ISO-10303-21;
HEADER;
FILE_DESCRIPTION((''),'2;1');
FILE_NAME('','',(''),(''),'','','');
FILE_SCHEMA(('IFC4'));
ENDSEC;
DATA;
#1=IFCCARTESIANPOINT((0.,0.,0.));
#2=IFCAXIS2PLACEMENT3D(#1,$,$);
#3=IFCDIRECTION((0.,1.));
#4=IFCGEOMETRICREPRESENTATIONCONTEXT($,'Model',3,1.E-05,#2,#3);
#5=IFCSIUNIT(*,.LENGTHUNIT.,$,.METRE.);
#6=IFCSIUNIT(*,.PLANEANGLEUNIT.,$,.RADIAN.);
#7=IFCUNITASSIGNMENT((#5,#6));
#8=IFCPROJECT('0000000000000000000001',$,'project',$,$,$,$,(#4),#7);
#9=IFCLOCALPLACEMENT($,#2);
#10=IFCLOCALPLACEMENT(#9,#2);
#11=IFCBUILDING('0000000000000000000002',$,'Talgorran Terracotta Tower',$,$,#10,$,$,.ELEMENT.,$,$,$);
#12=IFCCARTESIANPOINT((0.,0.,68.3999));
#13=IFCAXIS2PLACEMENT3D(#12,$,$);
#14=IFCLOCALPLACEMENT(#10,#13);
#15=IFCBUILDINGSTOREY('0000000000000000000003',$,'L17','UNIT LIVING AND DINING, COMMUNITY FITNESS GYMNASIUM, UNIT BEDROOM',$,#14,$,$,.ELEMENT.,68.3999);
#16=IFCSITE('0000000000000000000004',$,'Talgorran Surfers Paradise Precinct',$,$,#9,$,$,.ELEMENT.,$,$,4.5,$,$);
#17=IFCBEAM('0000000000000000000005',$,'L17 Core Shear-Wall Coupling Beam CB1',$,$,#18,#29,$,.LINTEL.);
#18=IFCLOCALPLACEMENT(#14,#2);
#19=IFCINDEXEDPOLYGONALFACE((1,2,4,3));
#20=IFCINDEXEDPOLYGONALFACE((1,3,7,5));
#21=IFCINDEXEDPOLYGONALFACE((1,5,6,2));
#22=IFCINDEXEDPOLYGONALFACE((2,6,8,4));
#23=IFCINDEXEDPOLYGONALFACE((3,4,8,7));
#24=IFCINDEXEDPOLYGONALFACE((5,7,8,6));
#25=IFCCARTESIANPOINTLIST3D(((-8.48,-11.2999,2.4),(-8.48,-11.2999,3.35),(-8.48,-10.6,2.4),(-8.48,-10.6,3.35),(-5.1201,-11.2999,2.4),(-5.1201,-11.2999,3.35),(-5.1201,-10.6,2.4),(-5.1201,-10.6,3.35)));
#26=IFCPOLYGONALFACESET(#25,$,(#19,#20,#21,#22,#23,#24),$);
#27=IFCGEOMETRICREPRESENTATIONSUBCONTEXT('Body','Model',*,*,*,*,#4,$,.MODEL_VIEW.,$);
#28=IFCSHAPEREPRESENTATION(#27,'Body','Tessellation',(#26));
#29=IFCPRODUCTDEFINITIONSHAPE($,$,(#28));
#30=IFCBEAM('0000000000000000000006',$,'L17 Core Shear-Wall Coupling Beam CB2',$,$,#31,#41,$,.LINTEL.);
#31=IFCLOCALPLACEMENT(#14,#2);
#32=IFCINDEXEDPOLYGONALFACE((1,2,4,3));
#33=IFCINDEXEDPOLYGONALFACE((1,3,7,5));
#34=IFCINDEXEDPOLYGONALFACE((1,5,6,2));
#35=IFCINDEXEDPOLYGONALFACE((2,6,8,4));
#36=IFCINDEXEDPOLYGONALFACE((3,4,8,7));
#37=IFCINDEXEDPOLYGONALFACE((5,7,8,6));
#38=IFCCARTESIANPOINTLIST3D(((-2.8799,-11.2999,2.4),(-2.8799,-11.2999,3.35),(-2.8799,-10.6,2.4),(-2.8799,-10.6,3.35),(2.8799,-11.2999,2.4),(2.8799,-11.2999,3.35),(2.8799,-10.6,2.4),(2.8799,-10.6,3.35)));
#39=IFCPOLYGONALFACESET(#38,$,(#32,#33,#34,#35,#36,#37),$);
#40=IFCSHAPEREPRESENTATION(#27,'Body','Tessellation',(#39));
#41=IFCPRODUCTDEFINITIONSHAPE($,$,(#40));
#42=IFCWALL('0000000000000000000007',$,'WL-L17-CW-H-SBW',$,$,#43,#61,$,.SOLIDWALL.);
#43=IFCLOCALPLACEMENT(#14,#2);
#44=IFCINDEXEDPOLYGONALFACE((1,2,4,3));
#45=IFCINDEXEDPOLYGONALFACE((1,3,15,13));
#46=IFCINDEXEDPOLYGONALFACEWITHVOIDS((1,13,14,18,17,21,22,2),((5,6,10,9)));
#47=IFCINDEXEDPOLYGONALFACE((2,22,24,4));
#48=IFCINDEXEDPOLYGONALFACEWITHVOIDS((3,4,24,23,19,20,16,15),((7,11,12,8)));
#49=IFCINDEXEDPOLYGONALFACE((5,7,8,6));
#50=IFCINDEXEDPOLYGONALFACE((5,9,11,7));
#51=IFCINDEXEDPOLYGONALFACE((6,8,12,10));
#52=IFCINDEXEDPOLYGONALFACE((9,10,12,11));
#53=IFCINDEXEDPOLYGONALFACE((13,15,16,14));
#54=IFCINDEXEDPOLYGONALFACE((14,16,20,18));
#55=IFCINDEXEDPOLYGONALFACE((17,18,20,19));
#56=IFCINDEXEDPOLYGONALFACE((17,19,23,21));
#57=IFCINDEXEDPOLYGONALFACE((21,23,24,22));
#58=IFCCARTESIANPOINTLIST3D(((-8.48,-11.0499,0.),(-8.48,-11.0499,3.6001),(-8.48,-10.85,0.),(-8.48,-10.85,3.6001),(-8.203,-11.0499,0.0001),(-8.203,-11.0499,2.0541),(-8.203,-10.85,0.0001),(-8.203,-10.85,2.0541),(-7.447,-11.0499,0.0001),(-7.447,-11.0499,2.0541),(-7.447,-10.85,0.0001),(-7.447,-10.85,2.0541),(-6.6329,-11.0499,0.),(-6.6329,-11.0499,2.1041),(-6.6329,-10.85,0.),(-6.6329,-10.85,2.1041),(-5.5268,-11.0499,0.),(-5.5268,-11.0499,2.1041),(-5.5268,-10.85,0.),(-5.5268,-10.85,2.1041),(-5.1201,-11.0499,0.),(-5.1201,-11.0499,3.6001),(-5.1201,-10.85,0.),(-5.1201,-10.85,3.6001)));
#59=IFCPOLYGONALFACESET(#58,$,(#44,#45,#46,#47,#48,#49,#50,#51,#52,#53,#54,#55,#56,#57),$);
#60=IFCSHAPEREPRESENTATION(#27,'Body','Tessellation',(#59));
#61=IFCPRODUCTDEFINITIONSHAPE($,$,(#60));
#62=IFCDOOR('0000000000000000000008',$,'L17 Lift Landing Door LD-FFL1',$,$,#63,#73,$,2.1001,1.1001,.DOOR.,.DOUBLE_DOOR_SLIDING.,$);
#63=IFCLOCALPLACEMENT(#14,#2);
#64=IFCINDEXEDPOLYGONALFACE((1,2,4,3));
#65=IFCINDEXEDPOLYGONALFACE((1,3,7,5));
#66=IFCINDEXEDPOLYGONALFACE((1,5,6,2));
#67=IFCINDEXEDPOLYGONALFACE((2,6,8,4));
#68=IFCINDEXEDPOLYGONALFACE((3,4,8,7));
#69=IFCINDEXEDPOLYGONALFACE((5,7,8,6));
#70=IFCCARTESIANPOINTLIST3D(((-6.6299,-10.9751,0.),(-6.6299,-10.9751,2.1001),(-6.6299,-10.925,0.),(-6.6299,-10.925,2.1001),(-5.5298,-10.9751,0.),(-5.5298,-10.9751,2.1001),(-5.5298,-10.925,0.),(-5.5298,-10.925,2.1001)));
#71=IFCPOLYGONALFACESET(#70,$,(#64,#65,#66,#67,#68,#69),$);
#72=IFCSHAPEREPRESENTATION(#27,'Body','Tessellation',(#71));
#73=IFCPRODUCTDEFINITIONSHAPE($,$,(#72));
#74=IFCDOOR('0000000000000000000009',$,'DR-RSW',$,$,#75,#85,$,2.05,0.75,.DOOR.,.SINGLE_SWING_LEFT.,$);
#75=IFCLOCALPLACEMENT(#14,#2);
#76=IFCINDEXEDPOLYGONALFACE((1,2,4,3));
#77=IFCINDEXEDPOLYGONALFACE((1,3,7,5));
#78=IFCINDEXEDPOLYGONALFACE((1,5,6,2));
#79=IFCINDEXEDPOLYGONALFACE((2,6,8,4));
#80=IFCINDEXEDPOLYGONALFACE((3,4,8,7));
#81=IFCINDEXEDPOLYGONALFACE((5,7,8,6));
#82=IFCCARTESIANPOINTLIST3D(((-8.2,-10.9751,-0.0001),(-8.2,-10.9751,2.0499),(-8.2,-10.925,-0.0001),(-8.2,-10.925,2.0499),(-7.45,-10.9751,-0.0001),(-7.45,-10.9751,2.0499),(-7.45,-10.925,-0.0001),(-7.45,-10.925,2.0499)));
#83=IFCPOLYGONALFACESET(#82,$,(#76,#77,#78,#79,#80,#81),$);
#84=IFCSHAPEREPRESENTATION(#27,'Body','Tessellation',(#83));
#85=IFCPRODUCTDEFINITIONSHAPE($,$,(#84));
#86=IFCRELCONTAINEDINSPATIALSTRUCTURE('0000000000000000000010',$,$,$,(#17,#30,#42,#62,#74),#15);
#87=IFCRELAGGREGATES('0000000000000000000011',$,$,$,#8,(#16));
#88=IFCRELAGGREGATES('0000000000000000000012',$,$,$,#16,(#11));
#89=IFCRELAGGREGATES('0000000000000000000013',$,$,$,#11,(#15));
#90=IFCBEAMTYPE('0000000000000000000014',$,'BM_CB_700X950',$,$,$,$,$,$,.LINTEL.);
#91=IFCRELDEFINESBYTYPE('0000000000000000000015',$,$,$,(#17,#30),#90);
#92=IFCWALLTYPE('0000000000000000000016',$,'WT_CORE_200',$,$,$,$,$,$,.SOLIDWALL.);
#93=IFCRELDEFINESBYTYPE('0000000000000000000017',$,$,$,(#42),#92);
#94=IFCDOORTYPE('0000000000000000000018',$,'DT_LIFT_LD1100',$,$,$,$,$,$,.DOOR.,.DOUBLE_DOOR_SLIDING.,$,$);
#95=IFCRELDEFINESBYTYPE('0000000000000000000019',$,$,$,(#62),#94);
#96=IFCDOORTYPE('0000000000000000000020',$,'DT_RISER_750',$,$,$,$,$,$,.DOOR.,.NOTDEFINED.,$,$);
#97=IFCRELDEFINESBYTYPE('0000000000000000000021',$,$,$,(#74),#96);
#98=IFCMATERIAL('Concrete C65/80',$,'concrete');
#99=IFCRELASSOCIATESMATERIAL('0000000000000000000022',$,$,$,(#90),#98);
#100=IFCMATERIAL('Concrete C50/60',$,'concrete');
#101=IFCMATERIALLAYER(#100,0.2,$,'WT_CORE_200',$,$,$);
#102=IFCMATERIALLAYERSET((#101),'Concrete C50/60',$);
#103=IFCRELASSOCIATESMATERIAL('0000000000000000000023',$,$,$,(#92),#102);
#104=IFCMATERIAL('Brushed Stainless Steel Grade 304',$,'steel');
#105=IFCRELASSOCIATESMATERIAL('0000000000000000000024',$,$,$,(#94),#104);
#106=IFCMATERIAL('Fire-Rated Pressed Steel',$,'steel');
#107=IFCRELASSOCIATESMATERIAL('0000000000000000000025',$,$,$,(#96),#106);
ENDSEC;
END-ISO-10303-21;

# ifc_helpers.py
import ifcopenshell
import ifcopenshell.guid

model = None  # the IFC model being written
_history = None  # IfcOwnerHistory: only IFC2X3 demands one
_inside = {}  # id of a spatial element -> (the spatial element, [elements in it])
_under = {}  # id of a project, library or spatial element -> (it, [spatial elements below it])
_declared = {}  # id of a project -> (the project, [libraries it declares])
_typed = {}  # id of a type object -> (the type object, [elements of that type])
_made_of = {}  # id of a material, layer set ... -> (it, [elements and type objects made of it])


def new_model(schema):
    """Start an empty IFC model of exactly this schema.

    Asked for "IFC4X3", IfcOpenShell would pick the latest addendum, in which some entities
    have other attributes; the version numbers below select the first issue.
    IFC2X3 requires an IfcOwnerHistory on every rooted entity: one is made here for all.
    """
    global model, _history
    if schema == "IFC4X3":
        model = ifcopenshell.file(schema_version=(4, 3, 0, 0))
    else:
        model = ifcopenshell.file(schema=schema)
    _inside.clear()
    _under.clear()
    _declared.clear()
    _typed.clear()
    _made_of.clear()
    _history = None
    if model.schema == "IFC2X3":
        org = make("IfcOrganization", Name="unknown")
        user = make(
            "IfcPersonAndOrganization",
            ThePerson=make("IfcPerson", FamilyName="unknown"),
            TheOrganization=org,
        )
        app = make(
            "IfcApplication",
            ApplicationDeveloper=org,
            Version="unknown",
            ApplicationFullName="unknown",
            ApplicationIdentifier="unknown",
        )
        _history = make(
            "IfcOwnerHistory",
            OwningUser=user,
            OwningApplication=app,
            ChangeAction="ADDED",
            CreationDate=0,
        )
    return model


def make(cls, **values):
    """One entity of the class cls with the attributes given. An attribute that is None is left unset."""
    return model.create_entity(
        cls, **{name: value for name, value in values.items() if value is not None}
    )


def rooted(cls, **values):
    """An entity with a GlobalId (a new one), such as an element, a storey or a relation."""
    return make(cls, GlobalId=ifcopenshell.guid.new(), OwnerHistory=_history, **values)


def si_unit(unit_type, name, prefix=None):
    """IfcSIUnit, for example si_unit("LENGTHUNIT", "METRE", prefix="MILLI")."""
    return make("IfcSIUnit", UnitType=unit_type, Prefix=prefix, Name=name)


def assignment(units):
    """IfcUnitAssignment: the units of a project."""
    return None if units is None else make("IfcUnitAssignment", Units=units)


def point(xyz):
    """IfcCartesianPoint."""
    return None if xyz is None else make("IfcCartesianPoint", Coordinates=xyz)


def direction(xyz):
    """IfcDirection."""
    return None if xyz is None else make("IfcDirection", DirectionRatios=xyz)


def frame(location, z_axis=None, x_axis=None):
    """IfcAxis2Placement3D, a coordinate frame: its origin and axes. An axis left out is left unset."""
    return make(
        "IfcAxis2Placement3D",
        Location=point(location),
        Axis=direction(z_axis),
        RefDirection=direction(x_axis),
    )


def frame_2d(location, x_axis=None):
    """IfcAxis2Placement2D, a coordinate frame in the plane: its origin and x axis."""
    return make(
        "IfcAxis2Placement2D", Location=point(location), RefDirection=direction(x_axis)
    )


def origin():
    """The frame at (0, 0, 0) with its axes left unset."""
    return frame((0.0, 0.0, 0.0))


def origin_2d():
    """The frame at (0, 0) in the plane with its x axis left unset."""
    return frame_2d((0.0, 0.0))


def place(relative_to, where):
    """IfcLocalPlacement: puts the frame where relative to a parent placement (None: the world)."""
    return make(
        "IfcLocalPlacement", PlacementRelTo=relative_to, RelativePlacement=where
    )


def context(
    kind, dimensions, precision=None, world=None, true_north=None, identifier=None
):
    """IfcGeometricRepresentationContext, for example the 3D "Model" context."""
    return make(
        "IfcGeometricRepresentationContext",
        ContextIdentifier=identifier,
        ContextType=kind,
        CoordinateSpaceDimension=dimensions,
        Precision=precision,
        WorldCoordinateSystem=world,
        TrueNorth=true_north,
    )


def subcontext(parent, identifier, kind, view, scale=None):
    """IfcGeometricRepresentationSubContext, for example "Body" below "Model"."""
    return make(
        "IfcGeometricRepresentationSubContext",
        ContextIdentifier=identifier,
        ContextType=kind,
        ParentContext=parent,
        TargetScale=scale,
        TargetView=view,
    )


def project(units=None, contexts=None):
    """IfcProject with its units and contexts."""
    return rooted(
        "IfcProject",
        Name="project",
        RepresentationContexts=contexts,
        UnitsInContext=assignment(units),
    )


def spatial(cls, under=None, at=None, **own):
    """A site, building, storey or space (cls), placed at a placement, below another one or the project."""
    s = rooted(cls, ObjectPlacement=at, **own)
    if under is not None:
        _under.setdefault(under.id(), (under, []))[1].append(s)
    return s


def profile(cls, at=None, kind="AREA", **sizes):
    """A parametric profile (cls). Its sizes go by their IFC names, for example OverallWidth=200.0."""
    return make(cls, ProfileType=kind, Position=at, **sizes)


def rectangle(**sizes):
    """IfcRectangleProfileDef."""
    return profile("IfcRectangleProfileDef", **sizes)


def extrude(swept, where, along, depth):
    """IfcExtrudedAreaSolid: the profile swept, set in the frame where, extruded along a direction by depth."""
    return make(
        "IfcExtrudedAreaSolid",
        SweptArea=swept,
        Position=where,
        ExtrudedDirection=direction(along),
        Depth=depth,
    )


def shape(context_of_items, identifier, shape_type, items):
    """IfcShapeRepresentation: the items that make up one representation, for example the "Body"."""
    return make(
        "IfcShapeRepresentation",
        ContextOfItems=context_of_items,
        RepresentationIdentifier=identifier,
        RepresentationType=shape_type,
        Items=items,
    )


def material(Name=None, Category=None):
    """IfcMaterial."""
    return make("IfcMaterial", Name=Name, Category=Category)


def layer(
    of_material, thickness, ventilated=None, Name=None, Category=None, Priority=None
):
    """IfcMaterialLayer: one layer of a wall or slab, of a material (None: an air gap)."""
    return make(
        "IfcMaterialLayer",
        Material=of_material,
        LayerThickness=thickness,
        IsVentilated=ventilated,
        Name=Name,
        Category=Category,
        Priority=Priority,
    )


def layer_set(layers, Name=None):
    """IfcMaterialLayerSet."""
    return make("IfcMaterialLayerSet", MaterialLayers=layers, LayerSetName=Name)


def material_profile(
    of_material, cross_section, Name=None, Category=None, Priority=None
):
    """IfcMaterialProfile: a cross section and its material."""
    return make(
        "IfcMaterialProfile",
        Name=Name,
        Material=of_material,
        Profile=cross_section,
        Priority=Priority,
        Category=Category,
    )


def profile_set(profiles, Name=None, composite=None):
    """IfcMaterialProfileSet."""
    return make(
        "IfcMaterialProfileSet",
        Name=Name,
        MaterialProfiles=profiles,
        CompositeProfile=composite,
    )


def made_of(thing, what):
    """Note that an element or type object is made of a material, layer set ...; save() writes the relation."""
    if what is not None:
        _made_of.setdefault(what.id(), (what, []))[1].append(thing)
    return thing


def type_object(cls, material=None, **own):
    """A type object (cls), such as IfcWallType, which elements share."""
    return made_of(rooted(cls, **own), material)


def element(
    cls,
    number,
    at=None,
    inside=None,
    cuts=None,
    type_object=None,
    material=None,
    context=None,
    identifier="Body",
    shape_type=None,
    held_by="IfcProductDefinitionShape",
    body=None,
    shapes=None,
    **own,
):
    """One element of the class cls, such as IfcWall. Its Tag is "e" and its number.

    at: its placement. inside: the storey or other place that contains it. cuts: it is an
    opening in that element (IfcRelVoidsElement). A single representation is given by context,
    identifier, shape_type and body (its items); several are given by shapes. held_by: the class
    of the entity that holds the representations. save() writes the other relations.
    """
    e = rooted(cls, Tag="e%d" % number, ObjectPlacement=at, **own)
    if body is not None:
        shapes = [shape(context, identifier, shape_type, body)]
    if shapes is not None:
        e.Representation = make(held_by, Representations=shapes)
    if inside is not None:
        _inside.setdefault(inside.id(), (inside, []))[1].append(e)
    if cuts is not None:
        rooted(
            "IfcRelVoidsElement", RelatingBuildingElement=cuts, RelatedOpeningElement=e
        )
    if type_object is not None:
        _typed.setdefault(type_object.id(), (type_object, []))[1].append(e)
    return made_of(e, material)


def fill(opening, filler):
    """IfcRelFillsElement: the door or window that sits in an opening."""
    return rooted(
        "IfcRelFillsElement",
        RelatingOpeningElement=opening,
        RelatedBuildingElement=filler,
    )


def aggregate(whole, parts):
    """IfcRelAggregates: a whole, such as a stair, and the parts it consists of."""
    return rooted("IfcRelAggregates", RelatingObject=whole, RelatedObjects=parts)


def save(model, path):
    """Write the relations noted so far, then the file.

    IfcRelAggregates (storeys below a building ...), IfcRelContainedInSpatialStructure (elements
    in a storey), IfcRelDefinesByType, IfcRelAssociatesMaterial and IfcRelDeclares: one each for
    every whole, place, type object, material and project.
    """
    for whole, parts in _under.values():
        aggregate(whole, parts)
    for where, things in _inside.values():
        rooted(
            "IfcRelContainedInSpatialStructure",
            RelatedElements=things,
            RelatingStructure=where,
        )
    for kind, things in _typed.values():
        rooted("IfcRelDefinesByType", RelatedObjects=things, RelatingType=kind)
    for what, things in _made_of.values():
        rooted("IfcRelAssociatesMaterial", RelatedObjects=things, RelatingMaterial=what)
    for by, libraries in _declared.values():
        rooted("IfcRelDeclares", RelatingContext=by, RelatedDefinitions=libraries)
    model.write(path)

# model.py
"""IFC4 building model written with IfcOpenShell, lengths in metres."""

from ifc_helpers import new_model, si_unit, direction, frame, frame_2d, origin, origin_2d, place, context, subcontext, project, spatial, rectangle, extrude, material, layer, layer_set, material_profile, profile_set, type_object, element, fill, save


model = new_model("IFC4")

# Units and contexts
model_context = context("Model", 3, precision=1e-05, world=origin(), true_north=direction((0.0, 1.0)))
body_context = subcontext(model_context, "Body", "Model", "MODEL_VIEW")
ifc_project = project(units=[si_unit("LENGTHUNIT", "METRE"), si_unit("PLANEANGLEUNIT", "RADIAN")], contexts=[model_context])

# Site, building, storey
site_placement = place(None, origin())
site = spatial("IfcSite", under=ifc_project, at=site_placement, Name="Talgorran Surfers Paradise Precinct", CompositionType="ELEMENT", RefElevation=4.5)
building_placement = place(site_placement, origin())
building = spatial("IfcBuilding", under=site, at=building_placement, Name="Talgorran Terracotta Tower", CompositionType="ELEMENT")
storey_placement = place(building_placement, frame((0.0, 0.0, 68.3999)))
storey = spatial("IfcBuildingStorey", under=building, at=storey_placement, Name="L17", Description="UNIT LIVING AND DINING, COMMUNITY FITNESS GYMNASIUM, UNIT BEDROOM", CompositionType="ELEMENT", Elevation=68.3999)

# Beams
ifc_material_1 = material(Name="Concrete C65/80", Category="concrete")
ifc_material_profile = material_profile(ifc_material_1, rectangle(XDim=0.7, YDim=0.95, at=origin_2d()), Name="RCCB700X950")
ifc_profile_set = profile_set([ifc_material_profile], Name="Concrete C65/80")
beam_type = type_object("IfcBeamType", Name="BM_CB_700X950", PredefinedType="LINTEL", material=ifc_profile_set)
beam_1_placement = place(storey_placement, frame((-8.48, -10.95, 2.875), z_axis=(1.0, 0.0, 0.0), x_axis=(0.0, 1.0, 0.0)))
element("IfcBeam", 1, at=beam_1_placement, inside=storey, type_object=beam_type, Name="L17 Core Shear-Wall Coupling Beam CB1", PredefinedType="LINTEL", context=body_context, shape_type="SweptSolid", body=[
    extrude(rectangle(XDim=0.7, YDim=0.95, at=origin_2d()), origin(), (0.0, 0.0, 1.0), 3.3599),
])
beam_2_placement = place(storey_placement, frame((-2.8799, -10.95, 2.875), z_axis=(1.0, 0.0, 0.0), x_axis=(0.0, 1.0, 0.0)))
element("IfcBeam", 2, at=beam_2_placement, inside=storey, type_object=beam_type, Name="L17 Core Shear-Wall Coupling Beam CB2", PredefinedType="LINTEL", context=body_context, shape_type="SweptSolid", body=[
    extrude(rectangle(XDim=0.7, YDim=0.95, at=origin_2d()), origin(), (0.0, 0.0, 1.0), 5.7598),
])

# Wall, openings, doors
ifc_material_2 = material(Name="Concrete C50/60", Category="concrete")
ifc_layer_1 = layer(ifc_material_2, 0.2, Name="WT_CORE_200")
ifc_layer_set_1 = layer_set([ifc_layer_1], Name="Concrete C50/60")
wall_type_1 = type_object("IfcWallType", Name="WT_CORE_200", PredefinedType="SOLIDWALL", material=ifc_layer_set_1)
wall_1_placement = place(storey_placement, frame((-8.48, -10.95, 0.0), z_axis=(0.0, 0.0, 1.0), x_axis=(1.0, 0.0, 0.0)))
wall_1 = element("IfcWall", 3, at=wall_1_placement, inside=storey, type_object=wall_type_1, Name="WL-L17-CW-H-SBW", PredefinedType="SOLIDWALL", context=body_context, shape_type="SweptSolid", body=[
    extrude(rectangle(XDim=3.3599, YDim=0.2, at=frame_2d((1.6799, 0.0))), origin(), (0.0, 0.0, 1.0), 3.6001),
])
opening_1_placement = place(wall_1_placement, frame((0.28, 0.0, 0.0)))
opening_1 = element("IfcOpeningElement", 4, at=opening_1_placement, cuts=wall_1, PredefinedType="OPENING", context=body_context, shape_type="SweptSolid", body=[
    extrude(rectangle(XDim=0.756, YDim=2.054, at=frame_2d((0.375, 1.0271))), frame((0.0, 0.1099, 0.0), z_axis=(0.0, -1.0, 0.0), x_axis=(1.0, 0.0, 0.0)), (0.0, 0.0, 1.0), 0.22),
])
opening_2_placement = place(wall_1_placement, frame((1.8501, 0.0, 0.0)))
opening_2 = element("IfcOpeningElement", 5, at=opening_2_placement, cuts=wall_1, PredefinedType="OPENING", context=body_context, shape_type="SweptSolid", body=[
    extrude(rectangle(XDim=1.1061, YDim=2.1041, at=frame_2d((0.55, 1.052))), frame((0.0, 0.1099, 0.0), z_axis=(0.0, -1.0, 0.0), x_axis=(1.0, 0.0, 0.0)), (0.0, 0.0, 1.0), 0.22),
])
ifc_material_3 = material(Name="Brushed Stainless Steel Grade 304", Category="steel")
door_type_1 = type_object("IfcDoorType", Name="DT_LIFT_LD1100", OperationType="DOUBLE_DOOR_SLIDING", PredefinedType="DOOR", material=ifc_material_3)
door_1_placement = place(opening_2_placement, origin())
door_1 = element("IfcDoor", 6, at=door_1_placement, inside=storey, type_object=door_type_1, Name="L17 Lift Landing Door LD-FFL1", OperationType="DOUBLE_DOOR_SLIDING", OverallHeight=2.1001, OverallWidth=1.1001, PredefinedType="DOOR", context=body_context, shape_type="SweptSolid", body=[
    extrude(rectangle(XDim=1.1001, YDim=2.1001, at=frame_2d((0.55, 1.05))), frame((0.0, 0.0249, 0.0), z_axis=(0.0, -1.0, 0.0), x_axis=(1.0, 0.0, 0.0)), (0.0, 0.0, 1.0), 0.05),
])
fill(opening_2, door_1)
ifc_material_4 = material(Name="Fire-Rated Pressed Steel", Category="steel")
door_type_2 = type_object("IfcDoorType", Name="DT_RISER_750", OperationType="NOTDEFINED", PredefinedType="DOOR", material=ifc_material_4)
door_2_placement = place(opening_1_placement, origin())
door_2 = element("IfcDoor", 7, at=door_2_placement, inside=storey, type_object=door_type_2, Name="DR-RSW", OperationType="SINGLE_SWING_LEFT", OverallHeight=2.05, OverallWidth=0.75, PredefinedType="DOOR", context=body_context, shape_type="SweptSolid", body=[
    extrude(rectangle(XDim=0.75, YDim=2.05, at=frame_2d((0.375, 1.0249))), frame((0.0, 0.0249, 0.0), z_axis=(0.0, -1.0, 0.0), x_axis=(1.0, 0.0, 0.0)), (0.0, 0.0, 1.0), 0.05),
])
fill(opening_1, door_2)

save(model, "model.ifc")
